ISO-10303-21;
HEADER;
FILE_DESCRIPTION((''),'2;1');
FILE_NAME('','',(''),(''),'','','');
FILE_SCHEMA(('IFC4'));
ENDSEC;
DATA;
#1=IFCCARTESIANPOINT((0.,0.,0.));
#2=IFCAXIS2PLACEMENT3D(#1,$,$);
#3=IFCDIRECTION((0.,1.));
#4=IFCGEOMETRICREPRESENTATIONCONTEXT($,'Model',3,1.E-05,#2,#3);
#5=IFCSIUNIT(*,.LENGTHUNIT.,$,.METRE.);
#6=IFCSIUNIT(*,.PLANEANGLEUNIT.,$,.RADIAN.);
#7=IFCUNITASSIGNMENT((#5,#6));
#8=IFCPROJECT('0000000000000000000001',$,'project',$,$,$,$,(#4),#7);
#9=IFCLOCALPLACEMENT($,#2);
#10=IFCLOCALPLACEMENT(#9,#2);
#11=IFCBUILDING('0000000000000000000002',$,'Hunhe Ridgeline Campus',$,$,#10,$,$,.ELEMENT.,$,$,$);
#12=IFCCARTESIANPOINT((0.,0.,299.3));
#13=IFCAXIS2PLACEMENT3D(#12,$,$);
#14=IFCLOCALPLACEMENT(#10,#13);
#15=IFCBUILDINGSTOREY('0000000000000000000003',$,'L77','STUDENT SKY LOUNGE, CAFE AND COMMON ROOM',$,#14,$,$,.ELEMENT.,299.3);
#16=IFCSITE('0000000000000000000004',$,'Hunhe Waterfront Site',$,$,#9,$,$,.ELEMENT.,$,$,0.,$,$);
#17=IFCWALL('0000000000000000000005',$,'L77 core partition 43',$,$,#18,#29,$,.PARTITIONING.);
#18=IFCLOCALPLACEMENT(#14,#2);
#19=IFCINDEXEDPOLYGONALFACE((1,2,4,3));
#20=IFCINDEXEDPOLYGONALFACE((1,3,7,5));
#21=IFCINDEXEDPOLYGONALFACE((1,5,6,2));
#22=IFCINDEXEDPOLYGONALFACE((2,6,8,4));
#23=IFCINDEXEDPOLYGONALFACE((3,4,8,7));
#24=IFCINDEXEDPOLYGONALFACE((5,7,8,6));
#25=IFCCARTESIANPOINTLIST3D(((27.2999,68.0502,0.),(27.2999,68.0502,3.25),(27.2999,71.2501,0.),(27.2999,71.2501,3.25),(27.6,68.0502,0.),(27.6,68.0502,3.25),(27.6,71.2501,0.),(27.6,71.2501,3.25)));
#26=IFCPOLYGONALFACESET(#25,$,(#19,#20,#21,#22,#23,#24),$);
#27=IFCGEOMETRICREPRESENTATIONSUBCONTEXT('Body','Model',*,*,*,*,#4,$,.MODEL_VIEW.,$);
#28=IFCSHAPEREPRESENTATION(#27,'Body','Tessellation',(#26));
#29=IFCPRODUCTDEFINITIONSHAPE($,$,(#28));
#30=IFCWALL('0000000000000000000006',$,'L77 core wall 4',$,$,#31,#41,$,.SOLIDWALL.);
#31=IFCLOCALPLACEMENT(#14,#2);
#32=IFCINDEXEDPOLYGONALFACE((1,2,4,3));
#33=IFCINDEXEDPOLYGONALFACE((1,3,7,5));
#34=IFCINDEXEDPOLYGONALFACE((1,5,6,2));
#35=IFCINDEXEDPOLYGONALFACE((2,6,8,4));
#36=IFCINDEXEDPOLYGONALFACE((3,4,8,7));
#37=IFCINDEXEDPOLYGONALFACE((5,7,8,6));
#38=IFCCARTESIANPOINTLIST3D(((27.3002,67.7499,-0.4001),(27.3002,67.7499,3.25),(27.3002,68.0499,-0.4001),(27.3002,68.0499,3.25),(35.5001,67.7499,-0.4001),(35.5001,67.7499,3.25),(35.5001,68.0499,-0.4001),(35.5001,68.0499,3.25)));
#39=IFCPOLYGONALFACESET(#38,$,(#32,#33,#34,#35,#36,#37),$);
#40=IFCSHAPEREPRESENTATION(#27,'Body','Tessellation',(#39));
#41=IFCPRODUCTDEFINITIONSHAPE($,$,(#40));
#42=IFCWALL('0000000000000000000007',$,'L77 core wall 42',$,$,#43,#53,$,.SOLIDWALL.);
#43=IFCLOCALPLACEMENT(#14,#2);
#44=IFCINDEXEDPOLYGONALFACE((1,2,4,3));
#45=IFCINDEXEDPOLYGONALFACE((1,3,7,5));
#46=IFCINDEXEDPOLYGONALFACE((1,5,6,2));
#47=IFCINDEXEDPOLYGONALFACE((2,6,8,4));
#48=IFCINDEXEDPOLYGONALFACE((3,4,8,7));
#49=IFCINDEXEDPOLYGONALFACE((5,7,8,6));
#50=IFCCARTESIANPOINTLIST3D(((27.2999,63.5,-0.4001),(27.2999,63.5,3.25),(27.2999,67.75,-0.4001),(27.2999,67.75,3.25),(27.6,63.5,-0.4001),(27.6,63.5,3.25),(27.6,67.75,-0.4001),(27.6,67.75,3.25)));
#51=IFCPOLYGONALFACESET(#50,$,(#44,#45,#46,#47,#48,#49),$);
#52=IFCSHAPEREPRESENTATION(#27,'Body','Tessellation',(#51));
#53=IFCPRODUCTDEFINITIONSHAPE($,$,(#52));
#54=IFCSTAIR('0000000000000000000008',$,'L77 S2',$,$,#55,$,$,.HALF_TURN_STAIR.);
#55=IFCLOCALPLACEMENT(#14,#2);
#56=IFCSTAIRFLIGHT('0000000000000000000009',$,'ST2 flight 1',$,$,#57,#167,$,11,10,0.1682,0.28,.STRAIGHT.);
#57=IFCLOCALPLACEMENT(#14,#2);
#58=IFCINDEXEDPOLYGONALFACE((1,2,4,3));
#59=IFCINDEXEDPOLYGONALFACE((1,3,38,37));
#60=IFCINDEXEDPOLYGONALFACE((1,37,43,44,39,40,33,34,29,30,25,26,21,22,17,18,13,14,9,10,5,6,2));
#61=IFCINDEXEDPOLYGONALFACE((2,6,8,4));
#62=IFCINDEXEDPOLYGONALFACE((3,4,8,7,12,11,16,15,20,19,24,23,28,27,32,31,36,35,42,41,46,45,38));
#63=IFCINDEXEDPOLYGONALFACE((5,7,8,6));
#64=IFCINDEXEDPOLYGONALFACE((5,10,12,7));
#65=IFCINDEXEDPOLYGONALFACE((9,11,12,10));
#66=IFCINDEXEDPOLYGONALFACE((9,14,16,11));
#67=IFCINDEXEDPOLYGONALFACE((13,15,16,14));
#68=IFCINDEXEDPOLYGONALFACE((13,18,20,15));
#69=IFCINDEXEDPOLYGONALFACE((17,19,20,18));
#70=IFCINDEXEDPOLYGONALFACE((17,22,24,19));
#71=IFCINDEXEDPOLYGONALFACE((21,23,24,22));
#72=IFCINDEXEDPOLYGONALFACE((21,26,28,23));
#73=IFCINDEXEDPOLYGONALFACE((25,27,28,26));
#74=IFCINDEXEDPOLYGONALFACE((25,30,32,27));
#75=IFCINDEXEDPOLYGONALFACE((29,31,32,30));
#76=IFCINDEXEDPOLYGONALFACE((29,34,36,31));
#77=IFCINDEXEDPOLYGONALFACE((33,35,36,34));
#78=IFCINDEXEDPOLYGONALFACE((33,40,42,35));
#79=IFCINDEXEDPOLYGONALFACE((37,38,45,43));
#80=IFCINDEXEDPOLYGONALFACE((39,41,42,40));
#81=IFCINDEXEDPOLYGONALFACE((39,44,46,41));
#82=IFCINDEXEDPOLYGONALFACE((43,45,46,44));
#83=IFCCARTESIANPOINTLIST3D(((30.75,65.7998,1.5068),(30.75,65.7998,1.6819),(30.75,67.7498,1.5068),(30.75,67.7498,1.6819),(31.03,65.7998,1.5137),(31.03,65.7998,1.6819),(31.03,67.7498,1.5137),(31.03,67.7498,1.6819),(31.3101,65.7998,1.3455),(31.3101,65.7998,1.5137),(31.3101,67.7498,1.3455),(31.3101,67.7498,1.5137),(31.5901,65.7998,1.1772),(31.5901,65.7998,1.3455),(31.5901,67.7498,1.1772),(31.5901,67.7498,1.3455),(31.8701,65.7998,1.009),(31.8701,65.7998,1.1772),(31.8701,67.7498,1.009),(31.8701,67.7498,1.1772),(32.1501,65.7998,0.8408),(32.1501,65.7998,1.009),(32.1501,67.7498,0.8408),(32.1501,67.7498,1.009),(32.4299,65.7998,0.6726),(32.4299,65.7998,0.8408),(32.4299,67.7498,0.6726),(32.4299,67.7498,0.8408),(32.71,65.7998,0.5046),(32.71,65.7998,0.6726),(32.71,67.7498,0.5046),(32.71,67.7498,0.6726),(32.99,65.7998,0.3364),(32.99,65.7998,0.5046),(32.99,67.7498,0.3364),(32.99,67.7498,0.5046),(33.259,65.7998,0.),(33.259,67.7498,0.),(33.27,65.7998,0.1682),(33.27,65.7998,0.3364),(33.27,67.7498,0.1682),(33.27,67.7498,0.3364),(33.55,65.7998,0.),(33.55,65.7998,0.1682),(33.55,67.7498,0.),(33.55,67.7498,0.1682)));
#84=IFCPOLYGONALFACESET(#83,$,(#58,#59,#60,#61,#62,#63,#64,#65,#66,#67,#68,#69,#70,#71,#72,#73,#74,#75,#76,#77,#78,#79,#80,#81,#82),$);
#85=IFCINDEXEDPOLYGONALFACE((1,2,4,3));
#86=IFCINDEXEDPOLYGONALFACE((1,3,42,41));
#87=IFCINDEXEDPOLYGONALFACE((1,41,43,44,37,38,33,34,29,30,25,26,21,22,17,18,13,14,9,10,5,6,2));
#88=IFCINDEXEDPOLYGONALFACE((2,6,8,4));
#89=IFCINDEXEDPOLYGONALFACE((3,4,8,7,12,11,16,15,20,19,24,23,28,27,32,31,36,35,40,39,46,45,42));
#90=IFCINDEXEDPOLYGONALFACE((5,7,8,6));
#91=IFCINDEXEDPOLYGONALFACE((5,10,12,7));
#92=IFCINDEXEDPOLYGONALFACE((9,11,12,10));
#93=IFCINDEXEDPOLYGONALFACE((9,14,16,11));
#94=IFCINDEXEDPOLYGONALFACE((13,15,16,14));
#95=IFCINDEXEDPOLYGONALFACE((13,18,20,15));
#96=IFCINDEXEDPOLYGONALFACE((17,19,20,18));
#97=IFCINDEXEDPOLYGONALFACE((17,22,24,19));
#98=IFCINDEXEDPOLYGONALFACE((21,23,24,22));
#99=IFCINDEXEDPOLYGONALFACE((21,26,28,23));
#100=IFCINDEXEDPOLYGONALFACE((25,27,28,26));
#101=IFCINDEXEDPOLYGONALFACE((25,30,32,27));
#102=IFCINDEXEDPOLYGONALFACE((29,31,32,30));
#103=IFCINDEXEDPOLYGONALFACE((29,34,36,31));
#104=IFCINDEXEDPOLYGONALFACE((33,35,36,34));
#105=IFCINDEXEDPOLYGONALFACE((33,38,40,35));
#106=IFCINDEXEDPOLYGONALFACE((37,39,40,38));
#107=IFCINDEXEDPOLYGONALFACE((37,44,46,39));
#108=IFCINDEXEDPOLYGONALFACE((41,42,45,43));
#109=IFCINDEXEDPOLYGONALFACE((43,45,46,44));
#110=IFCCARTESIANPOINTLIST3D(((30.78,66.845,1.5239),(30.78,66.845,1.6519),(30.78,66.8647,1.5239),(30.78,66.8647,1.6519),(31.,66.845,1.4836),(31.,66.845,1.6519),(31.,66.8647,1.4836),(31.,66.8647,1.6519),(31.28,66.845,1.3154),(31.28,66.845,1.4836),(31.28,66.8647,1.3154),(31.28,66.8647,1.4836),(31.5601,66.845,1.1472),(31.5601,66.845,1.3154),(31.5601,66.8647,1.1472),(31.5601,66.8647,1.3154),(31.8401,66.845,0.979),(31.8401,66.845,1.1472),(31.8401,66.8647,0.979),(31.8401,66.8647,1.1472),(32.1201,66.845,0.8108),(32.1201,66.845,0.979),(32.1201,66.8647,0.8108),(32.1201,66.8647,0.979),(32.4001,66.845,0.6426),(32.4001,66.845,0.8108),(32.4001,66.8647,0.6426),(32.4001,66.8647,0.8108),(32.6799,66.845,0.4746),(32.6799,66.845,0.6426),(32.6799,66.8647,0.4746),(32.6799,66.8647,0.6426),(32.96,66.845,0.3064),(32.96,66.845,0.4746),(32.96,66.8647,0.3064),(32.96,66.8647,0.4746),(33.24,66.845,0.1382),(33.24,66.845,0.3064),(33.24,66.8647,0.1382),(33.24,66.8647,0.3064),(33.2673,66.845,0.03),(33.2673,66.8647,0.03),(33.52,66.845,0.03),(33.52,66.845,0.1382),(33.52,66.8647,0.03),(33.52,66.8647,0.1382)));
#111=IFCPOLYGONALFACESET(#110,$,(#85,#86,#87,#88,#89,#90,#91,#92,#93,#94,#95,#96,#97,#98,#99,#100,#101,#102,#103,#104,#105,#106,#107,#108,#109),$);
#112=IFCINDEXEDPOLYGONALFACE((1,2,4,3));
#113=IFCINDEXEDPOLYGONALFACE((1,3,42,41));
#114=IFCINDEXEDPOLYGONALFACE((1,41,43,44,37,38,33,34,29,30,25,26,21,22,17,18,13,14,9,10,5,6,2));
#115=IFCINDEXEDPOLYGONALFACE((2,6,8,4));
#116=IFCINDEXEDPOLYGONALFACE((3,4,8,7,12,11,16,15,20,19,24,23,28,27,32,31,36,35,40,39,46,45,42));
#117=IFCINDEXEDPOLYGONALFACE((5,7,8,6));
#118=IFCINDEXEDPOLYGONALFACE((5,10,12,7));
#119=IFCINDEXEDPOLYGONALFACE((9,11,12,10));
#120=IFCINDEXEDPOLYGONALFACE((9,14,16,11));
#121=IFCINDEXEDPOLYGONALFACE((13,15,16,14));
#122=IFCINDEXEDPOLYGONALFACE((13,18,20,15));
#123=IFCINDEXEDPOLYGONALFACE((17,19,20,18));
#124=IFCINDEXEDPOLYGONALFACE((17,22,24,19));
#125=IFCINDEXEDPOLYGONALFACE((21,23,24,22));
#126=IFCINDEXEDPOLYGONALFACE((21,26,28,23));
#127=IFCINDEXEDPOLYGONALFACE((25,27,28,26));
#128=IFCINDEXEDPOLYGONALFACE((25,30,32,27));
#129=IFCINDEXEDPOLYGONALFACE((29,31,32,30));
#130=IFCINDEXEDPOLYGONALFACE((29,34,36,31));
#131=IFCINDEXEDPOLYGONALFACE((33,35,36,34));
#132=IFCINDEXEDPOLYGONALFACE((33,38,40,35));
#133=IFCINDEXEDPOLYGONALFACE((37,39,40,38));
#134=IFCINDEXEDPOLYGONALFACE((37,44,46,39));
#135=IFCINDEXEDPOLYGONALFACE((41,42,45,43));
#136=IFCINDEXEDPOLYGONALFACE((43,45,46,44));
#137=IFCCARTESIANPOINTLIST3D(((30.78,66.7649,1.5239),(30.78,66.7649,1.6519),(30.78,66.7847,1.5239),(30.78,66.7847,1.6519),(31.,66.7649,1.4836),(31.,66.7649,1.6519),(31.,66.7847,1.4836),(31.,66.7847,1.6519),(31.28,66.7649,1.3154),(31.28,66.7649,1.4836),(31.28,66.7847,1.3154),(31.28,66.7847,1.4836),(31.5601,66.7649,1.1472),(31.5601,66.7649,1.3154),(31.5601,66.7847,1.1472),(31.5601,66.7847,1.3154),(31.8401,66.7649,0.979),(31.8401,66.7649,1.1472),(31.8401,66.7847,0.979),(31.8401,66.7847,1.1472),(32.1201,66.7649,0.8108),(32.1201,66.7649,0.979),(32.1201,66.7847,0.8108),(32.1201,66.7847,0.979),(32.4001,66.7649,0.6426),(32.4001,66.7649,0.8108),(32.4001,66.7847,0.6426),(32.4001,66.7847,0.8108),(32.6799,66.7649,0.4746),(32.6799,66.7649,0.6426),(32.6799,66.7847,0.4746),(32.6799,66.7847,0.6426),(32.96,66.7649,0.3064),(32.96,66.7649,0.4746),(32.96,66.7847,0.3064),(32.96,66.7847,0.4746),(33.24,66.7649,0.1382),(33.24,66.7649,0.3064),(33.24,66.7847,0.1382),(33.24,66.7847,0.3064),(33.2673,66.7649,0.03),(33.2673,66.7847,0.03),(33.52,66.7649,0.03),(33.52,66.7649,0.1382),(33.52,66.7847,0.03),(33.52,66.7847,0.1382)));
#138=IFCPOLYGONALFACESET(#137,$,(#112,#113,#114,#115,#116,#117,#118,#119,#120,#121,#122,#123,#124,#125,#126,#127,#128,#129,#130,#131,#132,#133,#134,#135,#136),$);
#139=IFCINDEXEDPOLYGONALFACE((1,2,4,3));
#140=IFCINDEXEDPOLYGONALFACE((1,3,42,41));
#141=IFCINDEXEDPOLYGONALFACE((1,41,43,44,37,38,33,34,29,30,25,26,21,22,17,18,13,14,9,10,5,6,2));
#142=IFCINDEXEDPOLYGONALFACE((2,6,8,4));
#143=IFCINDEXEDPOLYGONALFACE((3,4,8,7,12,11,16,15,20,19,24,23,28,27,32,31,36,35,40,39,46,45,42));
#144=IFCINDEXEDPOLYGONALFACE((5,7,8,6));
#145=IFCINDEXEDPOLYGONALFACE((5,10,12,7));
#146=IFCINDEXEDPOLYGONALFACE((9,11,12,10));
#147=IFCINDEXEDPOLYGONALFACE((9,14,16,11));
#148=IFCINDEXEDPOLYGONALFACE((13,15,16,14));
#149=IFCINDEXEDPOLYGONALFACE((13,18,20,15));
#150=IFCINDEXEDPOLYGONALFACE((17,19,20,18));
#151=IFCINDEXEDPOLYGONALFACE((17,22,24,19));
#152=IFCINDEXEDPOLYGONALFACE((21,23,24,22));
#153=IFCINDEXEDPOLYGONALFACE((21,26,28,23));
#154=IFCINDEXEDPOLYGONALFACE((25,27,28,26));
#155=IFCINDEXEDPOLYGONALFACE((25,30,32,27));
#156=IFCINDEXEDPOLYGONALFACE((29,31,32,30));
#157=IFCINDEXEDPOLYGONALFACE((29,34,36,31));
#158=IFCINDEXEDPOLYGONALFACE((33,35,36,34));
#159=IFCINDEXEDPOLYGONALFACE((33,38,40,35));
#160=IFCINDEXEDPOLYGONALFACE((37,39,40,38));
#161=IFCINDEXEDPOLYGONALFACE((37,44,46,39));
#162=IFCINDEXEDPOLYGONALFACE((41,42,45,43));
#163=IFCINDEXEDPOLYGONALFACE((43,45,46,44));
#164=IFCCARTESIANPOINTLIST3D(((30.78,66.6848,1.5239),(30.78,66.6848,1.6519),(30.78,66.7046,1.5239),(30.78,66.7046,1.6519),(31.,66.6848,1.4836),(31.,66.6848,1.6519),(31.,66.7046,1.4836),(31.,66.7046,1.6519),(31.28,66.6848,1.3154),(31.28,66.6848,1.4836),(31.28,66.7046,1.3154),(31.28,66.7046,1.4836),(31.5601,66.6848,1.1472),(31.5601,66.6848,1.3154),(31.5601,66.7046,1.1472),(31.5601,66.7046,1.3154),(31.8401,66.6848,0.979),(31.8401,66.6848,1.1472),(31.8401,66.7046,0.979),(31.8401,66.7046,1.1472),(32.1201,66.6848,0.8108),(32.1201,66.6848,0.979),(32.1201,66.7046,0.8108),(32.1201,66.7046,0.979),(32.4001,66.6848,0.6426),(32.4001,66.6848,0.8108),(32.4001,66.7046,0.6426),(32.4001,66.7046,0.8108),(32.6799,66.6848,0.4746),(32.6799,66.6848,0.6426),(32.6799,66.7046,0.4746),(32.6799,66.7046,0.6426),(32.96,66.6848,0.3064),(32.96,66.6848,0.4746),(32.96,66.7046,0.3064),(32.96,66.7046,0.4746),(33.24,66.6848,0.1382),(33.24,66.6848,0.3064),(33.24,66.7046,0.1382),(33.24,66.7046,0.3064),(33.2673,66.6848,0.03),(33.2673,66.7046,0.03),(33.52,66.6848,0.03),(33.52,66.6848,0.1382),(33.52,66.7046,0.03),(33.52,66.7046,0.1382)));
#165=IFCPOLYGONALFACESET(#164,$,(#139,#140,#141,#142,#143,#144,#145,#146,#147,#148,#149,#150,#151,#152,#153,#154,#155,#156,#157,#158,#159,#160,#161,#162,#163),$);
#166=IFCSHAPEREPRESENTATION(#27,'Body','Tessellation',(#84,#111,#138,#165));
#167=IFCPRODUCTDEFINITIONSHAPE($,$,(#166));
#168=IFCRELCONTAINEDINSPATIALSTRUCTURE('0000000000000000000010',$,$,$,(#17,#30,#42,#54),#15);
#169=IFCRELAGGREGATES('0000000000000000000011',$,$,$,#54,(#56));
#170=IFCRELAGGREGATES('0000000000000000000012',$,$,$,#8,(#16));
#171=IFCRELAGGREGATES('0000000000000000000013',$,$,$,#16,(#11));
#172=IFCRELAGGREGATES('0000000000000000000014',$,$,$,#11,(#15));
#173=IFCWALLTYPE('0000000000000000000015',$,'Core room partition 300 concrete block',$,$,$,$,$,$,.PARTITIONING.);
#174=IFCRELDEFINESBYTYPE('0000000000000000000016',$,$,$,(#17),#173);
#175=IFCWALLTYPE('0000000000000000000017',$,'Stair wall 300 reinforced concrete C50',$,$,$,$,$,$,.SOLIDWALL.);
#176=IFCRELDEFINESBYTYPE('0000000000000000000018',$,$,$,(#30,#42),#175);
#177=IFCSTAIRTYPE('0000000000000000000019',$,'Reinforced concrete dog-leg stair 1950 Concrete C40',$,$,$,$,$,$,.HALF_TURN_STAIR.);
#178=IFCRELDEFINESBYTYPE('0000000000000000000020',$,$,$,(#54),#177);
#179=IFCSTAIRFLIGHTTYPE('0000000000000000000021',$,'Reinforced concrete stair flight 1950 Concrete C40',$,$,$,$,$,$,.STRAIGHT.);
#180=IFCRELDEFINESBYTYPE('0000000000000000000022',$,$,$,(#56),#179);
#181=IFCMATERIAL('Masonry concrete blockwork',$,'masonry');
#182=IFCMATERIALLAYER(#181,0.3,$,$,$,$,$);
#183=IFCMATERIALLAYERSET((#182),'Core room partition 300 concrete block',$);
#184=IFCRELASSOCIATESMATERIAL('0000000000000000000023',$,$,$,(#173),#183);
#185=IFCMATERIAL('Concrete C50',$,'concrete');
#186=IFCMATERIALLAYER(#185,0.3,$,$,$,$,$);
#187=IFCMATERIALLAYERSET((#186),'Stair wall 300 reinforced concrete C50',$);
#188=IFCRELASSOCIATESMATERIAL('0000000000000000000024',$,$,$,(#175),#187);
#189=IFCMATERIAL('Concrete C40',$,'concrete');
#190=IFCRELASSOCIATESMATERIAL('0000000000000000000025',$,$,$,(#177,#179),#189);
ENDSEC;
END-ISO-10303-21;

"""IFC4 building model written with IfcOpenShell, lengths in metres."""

from ifc_helpers import new_model, si_unit, direction, frame, frame_2d, origin, place, context, subcontext, project, spatial, polyline, rectangle, outline, extrude, material, layer, layer_set, type_object, element, aggregate, save


model = new_model("IFC4")

# Units and contexts
model_context = context("Model", 3, precision=1e-05, world=origin(), true_north=direction((0.0, 1.0)))
body_context = subcontext(model_context, "Body", "Model", "MODEL_VIEW")
ifc_project = project(units=[si_unit("LENGTHUNIT", "METRE"), si_unit("PLANEANGLEUNIT", "RADIAN")], contexts=[model_context])

# Site, building, storey
site_placement = place(None, origin())
site = spatial("IfcSite", under=ifc_project, at=site_placement, Name="Hunhe Waterfront Site", CompositionType="ELEMENT", RefElevation=0.0)
building_placement = place(site_placement, origin())
building = spatial("IfcBuilding", under=site, at=building_placement, Name="Hunhe Ridgeline Campus", CompositionType="ELEMENT")
storey_placement = place(building_placement, frame((0.0, 0.0, 299.3)))
storey = spatial("IfcBuildingStorey", under=building, at=storey_placement, Name="L77", Description="STUDENT SKY LOUNGE, CAFE AND COMMON ROOM", CompositionType="ELEMENT", Elevation=299.3)

# Wall
ifc_material_1 = material(Name="Masonry concrete blockwork", Category="masonry")
ifc_layer_1 = layer(ifc_material_1, 0.3)
ifc_layer_set_1 = layer_set([ifc_layer_1], Name="Core room partition 300 concrete block")
wall_type_1 = type_object("IfcWallType", Name="Core room partition 300 concrete block", PredefinedType="PARTITIONING", material=ifc_layer_set_1)
wall_1_placement = place(storey_placement, frame((27.45, 68.05, 0.0), z_axis=(0.0, 0.0, 1.0), x_axis=(0.0, 1.0, 0.0)))
element("IfcWall", 1, at=wall_1_placement, inside=storey, type_object=wall_type_1, Name="L77 core partition 43", PredefinedType="PARTITIONING", context=body_context, shape_type="SweptSolid", body=[
    extrude(rectangle(XDim=3.2, YDim=0.3, at=frame_2d((1.6001, 0.0))), origin(), (0.0, 0.0, 1.0), 3.25),
])

# Walls
ifc_material_2 = material(Name="Concrete C50", Category="concrete")
ifc_layer_2 = layer(ifc_material_2, 0.3)
ifc_layer_set_2 = layer_set([ifc_layer_2], Name="Stair wall 300 reinforced concrete C50")
wall_type_2 = type_object("IfcWallType", Name="Stair wall 300 reinforced concrete C50", PredefinedType="SOLIDWALL", material=ifc_layer_set_2)
wall_2_placement = place(storey_placement, frame((27.3, 67.8999, -0.4001), z_axis=(0.0, 0.0, 1.0), x_axis=(1.0, 0.0, 0.0)))
element("IfcWall", 2, at=wall_2_placement, inside=storey, type_object=wall_type_2, Name="L77 core wall 4", PredefinedType="SOLIDWALL", context=body_context, shape_type="SweptSolid", body=[
    extrude(rectangle(XDim=8.2, YDim=0.3, at=frame_2d((4.1001, 0.0))), origin(), (0.0, 0.0, 1.0), 3.6501),
])
wall_3_placement = place(storey_placement, frame((27.45, 63.5, -0.4001), z_axis=(0.0, 0.0, 1.0), x_axis=(0.0, 1.0, 0.0)))
element("IfcWall", 3, at=wall_3_placement, inside=storey, type_object=wall_type_2, Name="L77 core wall 42", PredefinedType="SOLIDWALL", context=body_context, shape_type="SweptSolid", body=[
    extrude(rectangle(XDim=4.25, YDim=0.3, at=frame_2d((2.125, 0.0))), origin(), (0.0, 0.0, 1.0), 3.6501),
])

# Stair, stair flight
ifc_material_3 = material(Name="Concrete C40", Category="concrete")
stair_type = type_object("IfcStairType", Name="Reinforced concrete dog-leg stair 1950 Concrete C40", PredefinedType="HALF_TURN_STAIR", material=ifc_material_3)
stair_placement = place(storey_placement, origin())
stair = element("IfcStair", 4, at=stair_placement, inside=storey, type_object=stair_type, Name="L77 S2", PredefinedType="HALF_TURN_STAIR")
stair_flight_type = type_object("IfcStairFlightType", Name="Reinforced concrete stair flight 1950 Concrete C40", PredefinedType="STRAIGHT", material=ifc_material_3)
stair_flight_1_placement = place(storey_placement, frame((33.55, 66.7749, 0.0), z_axis=(0.0, 0.0, 1.0), x_axis=(-1.0, 0.0, 0.0)))
stair_flight_1 = element("IfcStairFlight", 5, at=stair_flight_1_placement, type_object=stair_flight_type, Name="ST2 flight 1", NumberOfRisers=11, NumberOfTreads=10, PredefinedType="STRAIGHT", RiserHeight=0.1682, TreadLength=0.28, context=body_context, shape_type="SweptSolid", body=[
    extrude(outline(polyline([(0.0, 0.0), (0.0, 0.1682), (0.28, 0.1682), (0.28, 0.3364), (0.5601, 0.3364), (0.5601, 0.5046), (0.8401, 0.5046), (0.8401, 0.6726), (1.1201, 0.6726), (1.1201, 0.8408), (1.3999, 0.8408), (1.3999, 1.009), (1.6799, 1.009), (1.6799, 1.1772), (1.96, 1.1772), (1.96, 1.3455), (2.24, 1.3455), (2.24, 1.5137), (2.52, 1.5137), (2.52, 1.6819), (2.8, 1.6819), (2.8, 1.8501), (2.8, 1.5068), (0.291, 0.0), (0.0, 0.0)])), frame((0.0, 0.9751, 0.0), z_axis=(0.0, -1.0, 0.0), x_axis=(1.0, 0.0, 0.0)), (0.0, 0.0, 1.0), 1.95),
    extrude(outline(polyline([(0.03, 0.03), (0.03, 0.1382), (0.3101, 0.1382), (0.3101, 0.3064), (0.5901, 0.3064), (0.5901, 0.4746), (0.8701, 0.4746), (0.8701, 0.6426), (1.1499, 0.6426), (1.1499, 0.8108), (1.4299, 0.8108), (1.4299, 0.979), (1.71, 0.979), (1.71, 1.1472), (1.99, 1.1472), (1.99, 1.3154), (2.27, 1.3154), (2.27, 1.4836), (2.55, 1.4836), (2.55, 1.6519), (2.77, 1.6519), (2.77, 1.5239), (0.2827, 0.03), (0.03, 0.03)])), frame((0.0, -0.0701, 0.0), z_axis=(0.0, -1.0, 0.0), x_axis=(1.0, 0.0, 0.0)), (0.0, 0.0, 1.0), 0.0198),
    extrude(outline(polyline([(0.03, 0.03), (0.03, 0.1382), (0.3101, 0.1382), (0.3101, 0.3064), (0.5901, 0.3064), (0.5901, 0.4746), (0.8701, 0.4746), (0.8701, 0.6426), (1.1499, 0.6426), (1.1499, 0.8108), (1.4299, 0.8108), (1.4299, 0.979), (1.71, 0.979), (1.71, 1.1472), (1.99, 1.1472), (1.99, 1.3154), (2.27, 1.3154), (2.27, 1.4836), (2.55, 1.4836), (2.55, 1.6519), (2.77, 1.6519), (2.77, 1.5239), (0.2827, 0.03), (0.03, 0.03)])), frame((0.0, 0.01, 0.0), z_axis=(0.0, -1.0, 0.0), x_axis=(1.0, 0.0, 0.0)), (0.0, 0.0, 1.0), 0.0198),
    extrude(outline(polyline([(0.03, 0.03), (0.03, 0.1382), (0.3101, 0.1382), (0.3101, 0.3064), (0.5901, 0.3064), (0.5901, 0.4746), (0.8701, 0.4746), (0.8701, 0.6426), (1.1499, 0.6426), (1.1499, 0.8108), (1.4299, 0.8108), (1.4299, 0.979), (1.71, 0.979), (1.71, 1.1472), (1.99, 1.1472), (1.99, 1.3154), (2.27, 1.3154), (2.27, 1.4836), (2.55, 1.4836), (2.55, 1.6519), (2.77, 1.6519), (2.77, 1.5239), (0.2827, 0.03), (0.03, 0.03)])), frame((0.0, 0.0901, 0.0), z_axis=(0.0, -1.0, 0.0), x_axis=(1.0, 0.0, 0.0)), (0.0, 0.0, 1.0), 0.0198),
])
aggregate(stair, [stair_flight_1])

save(model, "model.ifc")
